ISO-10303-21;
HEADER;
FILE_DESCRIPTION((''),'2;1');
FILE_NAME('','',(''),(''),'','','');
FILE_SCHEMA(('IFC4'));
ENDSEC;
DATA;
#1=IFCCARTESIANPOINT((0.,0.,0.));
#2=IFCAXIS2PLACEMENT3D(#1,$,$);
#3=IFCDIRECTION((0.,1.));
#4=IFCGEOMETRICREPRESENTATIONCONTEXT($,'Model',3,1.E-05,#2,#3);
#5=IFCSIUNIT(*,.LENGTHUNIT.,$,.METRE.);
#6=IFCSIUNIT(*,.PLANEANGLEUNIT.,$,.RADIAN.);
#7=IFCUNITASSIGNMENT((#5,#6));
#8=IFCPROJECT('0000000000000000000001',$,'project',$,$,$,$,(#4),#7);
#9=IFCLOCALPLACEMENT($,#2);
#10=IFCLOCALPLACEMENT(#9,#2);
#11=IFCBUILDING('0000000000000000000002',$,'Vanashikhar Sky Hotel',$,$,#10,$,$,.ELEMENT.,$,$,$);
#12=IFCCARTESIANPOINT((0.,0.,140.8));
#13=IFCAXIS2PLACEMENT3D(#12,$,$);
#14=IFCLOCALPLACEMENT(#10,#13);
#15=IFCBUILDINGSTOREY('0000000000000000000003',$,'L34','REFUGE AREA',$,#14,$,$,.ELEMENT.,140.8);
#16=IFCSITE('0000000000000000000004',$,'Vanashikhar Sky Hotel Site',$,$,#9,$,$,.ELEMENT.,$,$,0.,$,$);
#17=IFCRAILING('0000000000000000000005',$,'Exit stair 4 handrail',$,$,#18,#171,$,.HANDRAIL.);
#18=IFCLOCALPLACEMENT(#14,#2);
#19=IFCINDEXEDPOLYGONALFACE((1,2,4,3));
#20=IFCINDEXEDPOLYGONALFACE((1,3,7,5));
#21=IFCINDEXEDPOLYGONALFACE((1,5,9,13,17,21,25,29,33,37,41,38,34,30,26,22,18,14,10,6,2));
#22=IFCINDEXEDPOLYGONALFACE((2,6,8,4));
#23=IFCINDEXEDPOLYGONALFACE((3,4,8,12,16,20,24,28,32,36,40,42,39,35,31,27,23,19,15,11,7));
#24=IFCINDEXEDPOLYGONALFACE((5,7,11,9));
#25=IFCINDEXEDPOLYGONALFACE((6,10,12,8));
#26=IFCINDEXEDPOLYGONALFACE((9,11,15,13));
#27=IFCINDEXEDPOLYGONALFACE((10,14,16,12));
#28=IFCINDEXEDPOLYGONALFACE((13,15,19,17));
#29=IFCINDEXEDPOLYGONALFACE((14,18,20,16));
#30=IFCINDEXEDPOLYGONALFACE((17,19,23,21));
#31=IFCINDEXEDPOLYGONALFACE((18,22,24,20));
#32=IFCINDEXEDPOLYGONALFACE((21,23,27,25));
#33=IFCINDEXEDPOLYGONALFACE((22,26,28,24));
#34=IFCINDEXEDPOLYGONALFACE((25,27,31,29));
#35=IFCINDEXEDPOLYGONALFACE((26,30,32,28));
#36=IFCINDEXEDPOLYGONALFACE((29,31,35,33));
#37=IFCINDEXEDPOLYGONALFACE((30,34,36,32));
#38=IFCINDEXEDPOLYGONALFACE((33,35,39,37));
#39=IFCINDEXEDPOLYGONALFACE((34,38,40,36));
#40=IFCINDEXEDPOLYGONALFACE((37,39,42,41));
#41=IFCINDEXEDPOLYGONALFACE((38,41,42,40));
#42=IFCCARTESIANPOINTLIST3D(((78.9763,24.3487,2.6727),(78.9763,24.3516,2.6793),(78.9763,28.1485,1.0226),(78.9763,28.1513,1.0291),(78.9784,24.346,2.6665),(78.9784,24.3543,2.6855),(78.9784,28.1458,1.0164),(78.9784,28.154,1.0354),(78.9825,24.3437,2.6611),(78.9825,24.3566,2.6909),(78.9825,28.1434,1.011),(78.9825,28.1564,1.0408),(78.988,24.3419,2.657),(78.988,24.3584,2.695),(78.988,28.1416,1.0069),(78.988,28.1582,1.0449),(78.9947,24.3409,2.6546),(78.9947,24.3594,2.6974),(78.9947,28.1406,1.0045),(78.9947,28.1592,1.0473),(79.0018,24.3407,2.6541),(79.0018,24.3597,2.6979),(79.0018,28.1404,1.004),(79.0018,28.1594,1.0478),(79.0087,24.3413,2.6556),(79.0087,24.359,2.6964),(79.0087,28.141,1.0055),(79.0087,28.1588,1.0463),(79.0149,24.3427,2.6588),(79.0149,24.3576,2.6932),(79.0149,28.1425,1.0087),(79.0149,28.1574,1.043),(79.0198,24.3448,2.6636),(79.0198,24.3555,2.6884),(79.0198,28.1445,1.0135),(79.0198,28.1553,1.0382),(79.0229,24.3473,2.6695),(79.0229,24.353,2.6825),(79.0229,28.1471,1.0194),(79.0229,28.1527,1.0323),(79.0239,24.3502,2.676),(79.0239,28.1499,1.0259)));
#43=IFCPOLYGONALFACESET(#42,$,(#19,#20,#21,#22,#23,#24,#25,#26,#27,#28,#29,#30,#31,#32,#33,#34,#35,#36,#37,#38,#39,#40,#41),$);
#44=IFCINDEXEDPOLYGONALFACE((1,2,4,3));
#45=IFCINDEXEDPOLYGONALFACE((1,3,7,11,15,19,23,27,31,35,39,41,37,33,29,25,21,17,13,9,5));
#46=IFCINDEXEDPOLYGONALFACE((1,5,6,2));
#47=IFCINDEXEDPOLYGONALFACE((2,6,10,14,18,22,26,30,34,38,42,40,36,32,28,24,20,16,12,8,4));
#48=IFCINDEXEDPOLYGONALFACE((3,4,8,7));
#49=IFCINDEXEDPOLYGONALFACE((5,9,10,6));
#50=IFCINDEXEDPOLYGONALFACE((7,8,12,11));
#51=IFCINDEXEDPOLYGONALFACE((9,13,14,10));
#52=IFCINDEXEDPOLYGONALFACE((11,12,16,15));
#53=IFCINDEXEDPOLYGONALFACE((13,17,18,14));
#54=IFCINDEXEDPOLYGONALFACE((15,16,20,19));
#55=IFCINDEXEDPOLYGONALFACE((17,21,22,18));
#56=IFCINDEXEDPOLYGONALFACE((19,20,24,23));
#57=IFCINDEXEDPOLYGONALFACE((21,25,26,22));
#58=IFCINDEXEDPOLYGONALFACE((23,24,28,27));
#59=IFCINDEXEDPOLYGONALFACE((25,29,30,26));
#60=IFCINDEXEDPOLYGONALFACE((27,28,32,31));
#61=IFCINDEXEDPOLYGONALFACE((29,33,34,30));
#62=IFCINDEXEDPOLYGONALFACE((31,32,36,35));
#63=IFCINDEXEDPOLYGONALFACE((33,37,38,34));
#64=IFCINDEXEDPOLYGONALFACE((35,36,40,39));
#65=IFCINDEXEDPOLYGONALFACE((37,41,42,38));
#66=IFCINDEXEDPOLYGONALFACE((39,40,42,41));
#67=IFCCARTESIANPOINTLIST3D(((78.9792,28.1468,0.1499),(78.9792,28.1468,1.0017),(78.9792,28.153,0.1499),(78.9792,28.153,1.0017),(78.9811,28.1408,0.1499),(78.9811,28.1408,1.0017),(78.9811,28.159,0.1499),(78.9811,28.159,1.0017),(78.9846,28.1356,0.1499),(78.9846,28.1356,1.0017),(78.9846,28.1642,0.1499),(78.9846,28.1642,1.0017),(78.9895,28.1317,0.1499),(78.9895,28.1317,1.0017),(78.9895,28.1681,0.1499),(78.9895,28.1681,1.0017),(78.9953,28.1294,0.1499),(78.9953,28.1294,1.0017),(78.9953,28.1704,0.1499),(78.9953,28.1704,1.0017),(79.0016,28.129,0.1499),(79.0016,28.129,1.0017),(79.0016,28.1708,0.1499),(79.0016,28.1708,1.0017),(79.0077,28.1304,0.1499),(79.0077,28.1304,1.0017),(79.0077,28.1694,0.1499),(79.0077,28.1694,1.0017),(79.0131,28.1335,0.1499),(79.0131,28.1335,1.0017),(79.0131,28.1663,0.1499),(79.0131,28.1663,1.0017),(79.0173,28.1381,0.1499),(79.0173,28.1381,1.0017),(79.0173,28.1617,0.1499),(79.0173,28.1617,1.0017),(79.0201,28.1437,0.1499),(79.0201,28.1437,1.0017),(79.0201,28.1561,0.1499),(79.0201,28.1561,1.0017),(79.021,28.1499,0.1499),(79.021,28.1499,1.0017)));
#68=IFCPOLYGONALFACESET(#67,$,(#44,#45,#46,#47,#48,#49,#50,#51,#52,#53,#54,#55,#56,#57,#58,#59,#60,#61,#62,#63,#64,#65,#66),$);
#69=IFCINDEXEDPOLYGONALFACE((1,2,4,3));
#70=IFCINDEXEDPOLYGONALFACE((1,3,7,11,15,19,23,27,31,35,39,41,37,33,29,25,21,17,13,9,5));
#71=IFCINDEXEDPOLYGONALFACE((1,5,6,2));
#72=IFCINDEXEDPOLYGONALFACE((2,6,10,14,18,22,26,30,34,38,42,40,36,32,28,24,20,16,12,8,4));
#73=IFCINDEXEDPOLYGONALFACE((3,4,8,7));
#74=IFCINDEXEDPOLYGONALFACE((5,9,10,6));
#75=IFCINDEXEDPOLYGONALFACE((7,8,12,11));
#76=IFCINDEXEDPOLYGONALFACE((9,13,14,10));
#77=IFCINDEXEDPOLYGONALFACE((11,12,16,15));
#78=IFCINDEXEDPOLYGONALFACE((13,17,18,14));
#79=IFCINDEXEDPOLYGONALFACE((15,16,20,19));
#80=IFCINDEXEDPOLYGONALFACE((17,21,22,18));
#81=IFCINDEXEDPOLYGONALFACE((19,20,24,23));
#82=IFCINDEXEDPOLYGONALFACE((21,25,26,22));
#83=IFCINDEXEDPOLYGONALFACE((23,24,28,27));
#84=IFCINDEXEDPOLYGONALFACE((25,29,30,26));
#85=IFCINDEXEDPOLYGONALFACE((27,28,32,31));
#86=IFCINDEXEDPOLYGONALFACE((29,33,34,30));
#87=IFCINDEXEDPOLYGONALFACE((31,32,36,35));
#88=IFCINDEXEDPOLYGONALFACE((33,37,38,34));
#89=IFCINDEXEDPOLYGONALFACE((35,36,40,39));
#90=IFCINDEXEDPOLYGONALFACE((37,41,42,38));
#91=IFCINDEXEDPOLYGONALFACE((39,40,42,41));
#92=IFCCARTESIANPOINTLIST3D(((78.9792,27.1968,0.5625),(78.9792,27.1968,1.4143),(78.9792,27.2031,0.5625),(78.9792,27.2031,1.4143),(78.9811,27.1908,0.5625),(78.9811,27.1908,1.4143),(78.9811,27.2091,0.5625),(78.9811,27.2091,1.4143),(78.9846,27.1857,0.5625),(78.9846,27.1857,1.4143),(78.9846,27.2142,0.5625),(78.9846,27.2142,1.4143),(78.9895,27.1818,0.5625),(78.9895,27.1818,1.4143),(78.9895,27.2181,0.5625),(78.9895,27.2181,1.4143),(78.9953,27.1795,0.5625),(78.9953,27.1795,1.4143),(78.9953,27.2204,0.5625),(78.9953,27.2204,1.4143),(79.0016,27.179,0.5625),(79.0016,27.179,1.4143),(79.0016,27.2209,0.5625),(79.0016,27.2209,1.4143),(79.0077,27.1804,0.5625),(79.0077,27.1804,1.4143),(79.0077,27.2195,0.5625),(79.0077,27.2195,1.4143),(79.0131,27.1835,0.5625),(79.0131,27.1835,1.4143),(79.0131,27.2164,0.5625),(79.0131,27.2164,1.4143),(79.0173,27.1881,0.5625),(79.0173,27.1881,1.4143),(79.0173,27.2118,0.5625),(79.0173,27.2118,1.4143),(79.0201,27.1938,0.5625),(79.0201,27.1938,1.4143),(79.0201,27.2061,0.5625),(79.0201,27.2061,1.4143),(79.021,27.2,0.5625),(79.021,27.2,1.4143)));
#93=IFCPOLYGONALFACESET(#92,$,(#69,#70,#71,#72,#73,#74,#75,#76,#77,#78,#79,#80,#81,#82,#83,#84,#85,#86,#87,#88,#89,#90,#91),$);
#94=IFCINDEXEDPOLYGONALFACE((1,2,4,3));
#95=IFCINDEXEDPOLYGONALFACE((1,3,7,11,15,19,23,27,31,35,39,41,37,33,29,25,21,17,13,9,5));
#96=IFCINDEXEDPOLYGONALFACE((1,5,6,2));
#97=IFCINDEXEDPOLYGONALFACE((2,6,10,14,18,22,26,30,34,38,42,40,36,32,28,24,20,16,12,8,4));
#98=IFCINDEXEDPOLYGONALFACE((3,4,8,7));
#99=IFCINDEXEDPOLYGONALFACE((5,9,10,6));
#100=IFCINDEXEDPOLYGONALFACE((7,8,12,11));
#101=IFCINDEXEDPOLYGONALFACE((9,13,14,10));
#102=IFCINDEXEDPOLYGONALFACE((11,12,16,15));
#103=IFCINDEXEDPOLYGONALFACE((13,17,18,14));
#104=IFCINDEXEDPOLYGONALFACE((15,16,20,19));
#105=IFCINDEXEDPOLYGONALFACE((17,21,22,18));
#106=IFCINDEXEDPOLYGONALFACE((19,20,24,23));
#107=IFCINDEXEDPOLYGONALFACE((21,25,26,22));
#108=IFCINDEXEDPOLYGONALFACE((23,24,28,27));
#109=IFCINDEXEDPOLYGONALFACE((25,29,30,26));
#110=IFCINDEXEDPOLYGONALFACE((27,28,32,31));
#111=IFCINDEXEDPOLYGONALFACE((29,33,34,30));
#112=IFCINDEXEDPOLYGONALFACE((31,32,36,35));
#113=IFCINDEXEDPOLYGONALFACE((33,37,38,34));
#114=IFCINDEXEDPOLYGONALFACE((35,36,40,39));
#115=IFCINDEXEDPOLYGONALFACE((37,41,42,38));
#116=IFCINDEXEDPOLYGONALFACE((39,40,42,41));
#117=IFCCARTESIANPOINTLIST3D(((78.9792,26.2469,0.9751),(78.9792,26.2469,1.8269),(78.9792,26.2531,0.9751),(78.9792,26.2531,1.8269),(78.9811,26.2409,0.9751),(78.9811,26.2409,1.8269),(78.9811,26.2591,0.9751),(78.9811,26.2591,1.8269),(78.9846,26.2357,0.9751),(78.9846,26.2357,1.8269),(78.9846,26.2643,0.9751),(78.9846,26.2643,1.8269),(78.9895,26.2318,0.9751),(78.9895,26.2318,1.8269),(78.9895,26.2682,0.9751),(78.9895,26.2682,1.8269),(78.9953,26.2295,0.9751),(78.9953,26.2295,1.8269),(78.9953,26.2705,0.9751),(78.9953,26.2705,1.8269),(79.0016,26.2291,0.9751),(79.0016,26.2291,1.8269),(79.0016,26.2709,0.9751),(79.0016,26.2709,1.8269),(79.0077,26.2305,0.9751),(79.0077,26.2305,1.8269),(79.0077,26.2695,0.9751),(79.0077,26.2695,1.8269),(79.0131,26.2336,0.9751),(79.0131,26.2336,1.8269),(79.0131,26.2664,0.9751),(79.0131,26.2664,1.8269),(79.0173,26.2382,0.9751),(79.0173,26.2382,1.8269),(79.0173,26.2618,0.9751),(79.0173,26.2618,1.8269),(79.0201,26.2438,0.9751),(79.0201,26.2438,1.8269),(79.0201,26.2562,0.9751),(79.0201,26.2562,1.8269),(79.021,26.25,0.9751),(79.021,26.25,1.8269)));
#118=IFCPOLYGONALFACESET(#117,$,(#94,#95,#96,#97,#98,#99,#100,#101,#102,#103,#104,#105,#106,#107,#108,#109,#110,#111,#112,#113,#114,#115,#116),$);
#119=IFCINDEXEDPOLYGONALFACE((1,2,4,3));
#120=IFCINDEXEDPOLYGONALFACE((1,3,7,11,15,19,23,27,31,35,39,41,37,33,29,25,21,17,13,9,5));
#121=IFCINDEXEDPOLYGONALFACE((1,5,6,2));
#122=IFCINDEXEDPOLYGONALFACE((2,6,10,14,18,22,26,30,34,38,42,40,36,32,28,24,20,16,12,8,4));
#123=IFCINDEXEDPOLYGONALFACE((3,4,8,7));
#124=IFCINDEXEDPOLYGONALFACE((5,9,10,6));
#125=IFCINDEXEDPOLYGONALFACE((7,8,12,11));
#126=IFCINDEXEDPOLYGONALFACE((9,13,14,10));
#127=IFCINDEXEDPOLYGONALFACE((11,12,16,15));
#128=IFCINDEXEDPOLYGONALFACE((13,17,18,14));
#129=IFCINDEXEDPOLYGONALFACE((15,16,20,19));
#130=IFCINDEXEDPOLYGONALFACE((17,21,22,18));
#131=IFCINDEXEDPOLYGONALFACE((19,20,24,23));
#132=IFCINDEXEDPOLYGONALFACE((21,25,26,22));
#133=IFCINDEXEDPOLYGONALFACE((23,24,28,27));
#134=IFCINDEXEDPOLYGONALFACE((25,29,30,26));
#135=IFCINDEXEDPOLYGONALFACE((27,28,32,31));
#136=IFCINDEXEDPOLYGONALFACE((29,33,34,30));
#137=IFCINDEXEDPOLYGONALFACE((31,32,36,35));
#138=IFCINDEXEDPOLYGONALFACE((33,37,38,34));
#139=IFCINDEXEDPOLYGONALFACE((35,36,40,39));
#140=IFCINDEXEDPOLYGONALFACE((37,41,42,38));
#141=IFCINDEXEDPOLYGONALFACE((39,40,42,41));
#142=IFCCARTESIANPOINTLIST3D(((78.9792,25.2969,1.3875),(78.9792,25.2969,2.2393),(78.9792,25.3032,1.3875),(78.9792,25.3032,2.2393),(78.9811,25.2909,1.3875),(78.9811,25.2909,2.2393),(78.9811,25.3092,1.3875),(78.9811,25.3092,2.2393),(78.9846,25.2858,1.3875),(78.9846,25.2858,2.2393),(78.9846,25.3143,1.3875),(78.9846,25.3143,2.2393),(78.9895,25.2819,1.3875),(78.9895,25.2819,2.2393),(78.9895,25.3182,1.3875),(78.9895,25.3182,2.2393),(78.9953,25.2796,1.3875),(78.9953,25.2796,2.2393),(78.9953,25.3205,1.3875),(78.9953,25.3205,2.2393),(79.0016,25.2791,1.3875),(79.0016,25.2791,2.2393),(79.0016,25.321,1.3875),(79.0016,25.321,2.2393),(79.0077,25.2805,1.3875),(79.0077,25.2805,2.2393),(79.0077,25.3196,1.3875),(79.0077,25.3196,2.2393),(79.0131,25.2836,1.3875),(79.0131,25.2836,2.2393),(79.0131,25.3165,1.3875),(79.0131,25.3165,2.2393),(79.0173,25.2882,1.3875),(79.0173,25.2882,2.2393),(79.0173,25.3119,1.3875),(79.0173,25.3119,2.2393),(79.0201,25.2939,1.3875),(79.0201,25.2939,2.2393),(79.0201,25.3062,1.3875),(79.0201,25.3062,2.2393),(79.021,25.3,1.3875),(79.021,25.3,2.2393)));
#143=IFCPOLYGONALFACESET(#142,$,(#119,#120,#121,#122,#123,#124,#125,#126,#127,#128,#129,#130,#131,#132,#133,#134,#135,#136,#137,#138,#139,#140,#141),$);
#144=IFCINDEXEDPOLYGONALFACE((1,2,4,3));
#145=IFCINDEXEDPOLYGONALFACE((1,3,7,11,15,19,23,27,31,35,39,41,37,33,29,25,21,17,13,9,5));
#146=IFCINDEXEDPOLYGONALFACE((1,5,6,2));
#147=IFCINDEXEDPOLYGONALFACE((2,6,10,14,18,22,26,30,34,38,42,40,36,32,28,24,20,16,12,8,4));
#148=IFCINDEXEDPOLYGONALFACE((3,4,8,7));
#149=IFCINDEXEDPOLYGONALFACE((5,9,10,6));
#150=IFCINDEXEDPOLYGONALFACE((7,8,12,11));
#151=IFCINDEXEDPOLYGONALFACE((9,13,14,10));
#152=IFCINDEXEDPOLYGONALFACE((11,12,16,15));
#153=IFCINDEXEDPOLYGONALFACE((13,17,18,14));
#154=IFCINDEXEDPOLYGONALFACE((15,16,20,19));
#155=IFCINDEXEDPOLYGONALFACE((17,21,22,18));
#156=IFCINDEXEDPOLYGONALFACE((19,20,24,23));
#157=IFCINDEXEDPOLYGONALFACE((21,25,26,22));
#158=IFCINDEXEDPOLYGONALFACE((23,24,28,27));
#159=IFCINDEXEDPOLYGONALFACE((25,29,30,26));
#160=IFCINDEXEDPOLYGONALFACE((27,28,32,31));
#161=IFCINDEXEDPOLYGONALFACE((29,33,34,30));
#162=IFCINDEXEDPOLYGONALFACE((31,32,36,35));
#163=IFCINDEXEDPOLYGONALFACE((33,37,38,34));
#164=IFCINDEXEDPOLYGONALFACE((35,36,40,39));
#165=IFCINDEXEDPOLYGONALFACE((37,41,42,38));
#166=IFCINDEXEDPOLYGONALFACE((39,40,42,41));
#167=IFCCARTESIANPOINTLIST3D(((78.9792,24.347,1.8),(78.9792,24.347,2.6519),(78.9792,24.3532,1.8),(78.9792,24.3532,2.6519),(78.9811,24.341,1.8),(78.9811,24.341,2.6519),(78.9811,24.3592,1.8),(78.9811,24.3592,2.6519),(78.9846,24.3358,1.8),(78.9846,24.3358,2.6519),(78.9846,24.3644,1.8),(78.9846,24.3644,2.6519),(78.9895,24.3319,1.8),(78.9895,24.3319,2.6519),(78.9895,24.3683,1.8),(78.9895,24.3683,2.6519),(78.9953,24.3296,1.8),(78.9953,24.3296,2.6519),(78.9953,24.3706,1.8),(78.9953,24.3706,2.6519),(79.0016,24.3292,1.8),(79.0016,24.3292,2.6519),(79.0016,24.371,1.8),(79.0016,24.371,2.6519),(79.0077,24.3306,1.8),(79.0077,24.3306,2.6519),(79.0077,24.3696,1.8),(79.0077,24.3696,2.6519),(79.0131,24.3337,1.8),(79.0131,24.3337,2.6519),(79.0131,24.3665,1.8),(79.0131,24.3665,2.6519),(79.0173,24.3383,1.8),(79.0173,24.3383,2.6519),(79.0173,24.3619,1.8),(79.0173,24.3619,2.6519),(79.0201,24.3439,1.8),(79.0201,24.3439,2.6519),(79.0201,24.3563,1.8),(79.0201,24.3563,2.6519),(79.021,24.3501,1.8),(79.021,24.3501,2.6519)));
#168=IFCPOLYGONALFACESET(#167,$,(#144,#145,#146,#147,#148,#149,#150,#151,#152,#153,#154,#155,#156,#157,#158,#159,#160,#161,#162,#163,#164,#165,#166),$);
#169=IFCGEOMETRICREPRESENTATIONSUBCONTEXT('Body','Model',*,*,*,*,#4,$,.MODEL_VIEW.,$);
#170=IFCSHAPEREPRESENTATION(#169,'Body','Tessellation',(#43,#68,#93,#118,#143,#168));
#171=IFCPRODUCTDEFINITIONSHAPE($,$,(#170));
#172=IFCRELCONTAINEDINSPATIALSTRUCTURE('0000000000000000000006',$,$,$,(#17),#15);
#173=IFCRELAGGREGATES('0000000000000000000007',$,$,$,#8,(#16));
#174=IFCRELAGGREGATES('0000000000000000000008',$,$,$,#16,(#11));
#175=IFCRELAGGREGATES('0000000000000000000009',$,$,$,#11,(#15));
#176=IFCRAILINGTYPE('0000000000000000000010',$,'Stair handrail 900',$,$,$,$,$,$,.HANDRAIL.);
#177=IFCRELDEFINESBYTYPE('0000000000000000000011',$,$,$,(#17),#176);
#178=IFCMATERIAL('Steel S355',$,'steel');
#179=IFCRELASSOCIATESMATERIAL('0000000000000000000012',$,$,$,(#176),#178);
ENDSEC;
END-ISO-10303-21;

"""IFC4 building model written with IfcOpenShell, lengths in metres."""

from ifc_helpers import new_model, si_unit, direction, frame, origin, origin_2d, place, context, subcontext, project, spatial, circle, extrude, source, transform, mapped, material, type_object, element, save


model = new_model("IFC4")

# Units and contexts
model_context = context("Model", 3, precision=1e-05, world=origin(), true_north=direction((0.0, 1.0)))
body_context = subcontext(model_context, "Body", "Model", "MODEL_VIEW")
ifc_project = project(units=[si_unit("LENGTHUNIT", "METRE"), si_unit("PLANEANGLEUNIT", "RADIAN")], contexts=[model_context])

# Site, building, storey
site_placement = place(None, origin())
site = spatial("IfcSite", under=ifc_project, at=site_placement, Name="Vanashikhar Sky Hotel Site", CompositionType="ELEMENT", RefElevation=0.0)
building_placement = place(site_placement, origin())
building = spatial("IfcBuilding", under=site, at=building_placement, Name="Vanashikhar Sky Hotel", CompositionType="ELEMENT")
storey_placement = place(building_placement, frame((0.0, 0.0, 140.8)))
storey = spatial("IfcBuildingStorey", under=building, at=storey_placement, Name="L34", Description="REFUGE AREA", CompositionType="ELEMENT", Elevation=140.8)

# Railing
ifc_material_1 = material(Name="Steel S355", Category="steel")
railing_type = type_object("IfcRailingType", Name="Stair handrail 900", PredefinedType="HANDRAIL", material=ifc_material_1)
shared_shape_1 = source(origin(), body_context, "Body", "SweptSolid", [
    extrude(circle(Radius=0.0239, at=origin_2d()), frame((0.0, 0.0, 0.876), z_axis=(0.0, -0.917241, 0.398332), x_axis=(1.0, 0.0, 0.0)), (0.0, 0.0, 1.0), 4.1426),
    extrude(circle(Radius=0.021, at=origin_2d()), origin(), (0.0, 0.0, 1.0), 0.8518),
    extrude(circle(Radius=0.021, at=origin_2d()), frame((0.0, -0.95, 0.4126)), (0.0, 0.0, 1.0), 0.8518),
    extrude(circle(Radius=0.021, at=origin_2d()), frame((0.0, -1.8999, 0.8252)), (0.0, 0.0, 1.0), 0.8518),
    extrude(circle(Radius=0.021, at=origin_2d()), frame((0.0, -2.8499, 1.2375)), (0.0, 0.0, 1.0), 0.8518),
    extrude(circle(Radius=0.021, at=origin_2d()), frame((0.0, -3.7998, 1.6501)), (0.0, 0.0, 1.0), 0.8518),
])
railing_1_placement = place(storey_placement, frame((79.0, 28.1499, 0.1499)))
element("IfcRailing", 1, at=railing_1_placement, inside=storey, type_object=railing_type, Name="Exit stair 4 handrail", PredefinedType="HANDRAIL", context=body_context, shape_type="MappedRepresentation", body=[
    mapped(shared_shape_1, transform((0.0, 0.0, 0.0), scale=1.0)),
])

save(model, "model.ifc")
